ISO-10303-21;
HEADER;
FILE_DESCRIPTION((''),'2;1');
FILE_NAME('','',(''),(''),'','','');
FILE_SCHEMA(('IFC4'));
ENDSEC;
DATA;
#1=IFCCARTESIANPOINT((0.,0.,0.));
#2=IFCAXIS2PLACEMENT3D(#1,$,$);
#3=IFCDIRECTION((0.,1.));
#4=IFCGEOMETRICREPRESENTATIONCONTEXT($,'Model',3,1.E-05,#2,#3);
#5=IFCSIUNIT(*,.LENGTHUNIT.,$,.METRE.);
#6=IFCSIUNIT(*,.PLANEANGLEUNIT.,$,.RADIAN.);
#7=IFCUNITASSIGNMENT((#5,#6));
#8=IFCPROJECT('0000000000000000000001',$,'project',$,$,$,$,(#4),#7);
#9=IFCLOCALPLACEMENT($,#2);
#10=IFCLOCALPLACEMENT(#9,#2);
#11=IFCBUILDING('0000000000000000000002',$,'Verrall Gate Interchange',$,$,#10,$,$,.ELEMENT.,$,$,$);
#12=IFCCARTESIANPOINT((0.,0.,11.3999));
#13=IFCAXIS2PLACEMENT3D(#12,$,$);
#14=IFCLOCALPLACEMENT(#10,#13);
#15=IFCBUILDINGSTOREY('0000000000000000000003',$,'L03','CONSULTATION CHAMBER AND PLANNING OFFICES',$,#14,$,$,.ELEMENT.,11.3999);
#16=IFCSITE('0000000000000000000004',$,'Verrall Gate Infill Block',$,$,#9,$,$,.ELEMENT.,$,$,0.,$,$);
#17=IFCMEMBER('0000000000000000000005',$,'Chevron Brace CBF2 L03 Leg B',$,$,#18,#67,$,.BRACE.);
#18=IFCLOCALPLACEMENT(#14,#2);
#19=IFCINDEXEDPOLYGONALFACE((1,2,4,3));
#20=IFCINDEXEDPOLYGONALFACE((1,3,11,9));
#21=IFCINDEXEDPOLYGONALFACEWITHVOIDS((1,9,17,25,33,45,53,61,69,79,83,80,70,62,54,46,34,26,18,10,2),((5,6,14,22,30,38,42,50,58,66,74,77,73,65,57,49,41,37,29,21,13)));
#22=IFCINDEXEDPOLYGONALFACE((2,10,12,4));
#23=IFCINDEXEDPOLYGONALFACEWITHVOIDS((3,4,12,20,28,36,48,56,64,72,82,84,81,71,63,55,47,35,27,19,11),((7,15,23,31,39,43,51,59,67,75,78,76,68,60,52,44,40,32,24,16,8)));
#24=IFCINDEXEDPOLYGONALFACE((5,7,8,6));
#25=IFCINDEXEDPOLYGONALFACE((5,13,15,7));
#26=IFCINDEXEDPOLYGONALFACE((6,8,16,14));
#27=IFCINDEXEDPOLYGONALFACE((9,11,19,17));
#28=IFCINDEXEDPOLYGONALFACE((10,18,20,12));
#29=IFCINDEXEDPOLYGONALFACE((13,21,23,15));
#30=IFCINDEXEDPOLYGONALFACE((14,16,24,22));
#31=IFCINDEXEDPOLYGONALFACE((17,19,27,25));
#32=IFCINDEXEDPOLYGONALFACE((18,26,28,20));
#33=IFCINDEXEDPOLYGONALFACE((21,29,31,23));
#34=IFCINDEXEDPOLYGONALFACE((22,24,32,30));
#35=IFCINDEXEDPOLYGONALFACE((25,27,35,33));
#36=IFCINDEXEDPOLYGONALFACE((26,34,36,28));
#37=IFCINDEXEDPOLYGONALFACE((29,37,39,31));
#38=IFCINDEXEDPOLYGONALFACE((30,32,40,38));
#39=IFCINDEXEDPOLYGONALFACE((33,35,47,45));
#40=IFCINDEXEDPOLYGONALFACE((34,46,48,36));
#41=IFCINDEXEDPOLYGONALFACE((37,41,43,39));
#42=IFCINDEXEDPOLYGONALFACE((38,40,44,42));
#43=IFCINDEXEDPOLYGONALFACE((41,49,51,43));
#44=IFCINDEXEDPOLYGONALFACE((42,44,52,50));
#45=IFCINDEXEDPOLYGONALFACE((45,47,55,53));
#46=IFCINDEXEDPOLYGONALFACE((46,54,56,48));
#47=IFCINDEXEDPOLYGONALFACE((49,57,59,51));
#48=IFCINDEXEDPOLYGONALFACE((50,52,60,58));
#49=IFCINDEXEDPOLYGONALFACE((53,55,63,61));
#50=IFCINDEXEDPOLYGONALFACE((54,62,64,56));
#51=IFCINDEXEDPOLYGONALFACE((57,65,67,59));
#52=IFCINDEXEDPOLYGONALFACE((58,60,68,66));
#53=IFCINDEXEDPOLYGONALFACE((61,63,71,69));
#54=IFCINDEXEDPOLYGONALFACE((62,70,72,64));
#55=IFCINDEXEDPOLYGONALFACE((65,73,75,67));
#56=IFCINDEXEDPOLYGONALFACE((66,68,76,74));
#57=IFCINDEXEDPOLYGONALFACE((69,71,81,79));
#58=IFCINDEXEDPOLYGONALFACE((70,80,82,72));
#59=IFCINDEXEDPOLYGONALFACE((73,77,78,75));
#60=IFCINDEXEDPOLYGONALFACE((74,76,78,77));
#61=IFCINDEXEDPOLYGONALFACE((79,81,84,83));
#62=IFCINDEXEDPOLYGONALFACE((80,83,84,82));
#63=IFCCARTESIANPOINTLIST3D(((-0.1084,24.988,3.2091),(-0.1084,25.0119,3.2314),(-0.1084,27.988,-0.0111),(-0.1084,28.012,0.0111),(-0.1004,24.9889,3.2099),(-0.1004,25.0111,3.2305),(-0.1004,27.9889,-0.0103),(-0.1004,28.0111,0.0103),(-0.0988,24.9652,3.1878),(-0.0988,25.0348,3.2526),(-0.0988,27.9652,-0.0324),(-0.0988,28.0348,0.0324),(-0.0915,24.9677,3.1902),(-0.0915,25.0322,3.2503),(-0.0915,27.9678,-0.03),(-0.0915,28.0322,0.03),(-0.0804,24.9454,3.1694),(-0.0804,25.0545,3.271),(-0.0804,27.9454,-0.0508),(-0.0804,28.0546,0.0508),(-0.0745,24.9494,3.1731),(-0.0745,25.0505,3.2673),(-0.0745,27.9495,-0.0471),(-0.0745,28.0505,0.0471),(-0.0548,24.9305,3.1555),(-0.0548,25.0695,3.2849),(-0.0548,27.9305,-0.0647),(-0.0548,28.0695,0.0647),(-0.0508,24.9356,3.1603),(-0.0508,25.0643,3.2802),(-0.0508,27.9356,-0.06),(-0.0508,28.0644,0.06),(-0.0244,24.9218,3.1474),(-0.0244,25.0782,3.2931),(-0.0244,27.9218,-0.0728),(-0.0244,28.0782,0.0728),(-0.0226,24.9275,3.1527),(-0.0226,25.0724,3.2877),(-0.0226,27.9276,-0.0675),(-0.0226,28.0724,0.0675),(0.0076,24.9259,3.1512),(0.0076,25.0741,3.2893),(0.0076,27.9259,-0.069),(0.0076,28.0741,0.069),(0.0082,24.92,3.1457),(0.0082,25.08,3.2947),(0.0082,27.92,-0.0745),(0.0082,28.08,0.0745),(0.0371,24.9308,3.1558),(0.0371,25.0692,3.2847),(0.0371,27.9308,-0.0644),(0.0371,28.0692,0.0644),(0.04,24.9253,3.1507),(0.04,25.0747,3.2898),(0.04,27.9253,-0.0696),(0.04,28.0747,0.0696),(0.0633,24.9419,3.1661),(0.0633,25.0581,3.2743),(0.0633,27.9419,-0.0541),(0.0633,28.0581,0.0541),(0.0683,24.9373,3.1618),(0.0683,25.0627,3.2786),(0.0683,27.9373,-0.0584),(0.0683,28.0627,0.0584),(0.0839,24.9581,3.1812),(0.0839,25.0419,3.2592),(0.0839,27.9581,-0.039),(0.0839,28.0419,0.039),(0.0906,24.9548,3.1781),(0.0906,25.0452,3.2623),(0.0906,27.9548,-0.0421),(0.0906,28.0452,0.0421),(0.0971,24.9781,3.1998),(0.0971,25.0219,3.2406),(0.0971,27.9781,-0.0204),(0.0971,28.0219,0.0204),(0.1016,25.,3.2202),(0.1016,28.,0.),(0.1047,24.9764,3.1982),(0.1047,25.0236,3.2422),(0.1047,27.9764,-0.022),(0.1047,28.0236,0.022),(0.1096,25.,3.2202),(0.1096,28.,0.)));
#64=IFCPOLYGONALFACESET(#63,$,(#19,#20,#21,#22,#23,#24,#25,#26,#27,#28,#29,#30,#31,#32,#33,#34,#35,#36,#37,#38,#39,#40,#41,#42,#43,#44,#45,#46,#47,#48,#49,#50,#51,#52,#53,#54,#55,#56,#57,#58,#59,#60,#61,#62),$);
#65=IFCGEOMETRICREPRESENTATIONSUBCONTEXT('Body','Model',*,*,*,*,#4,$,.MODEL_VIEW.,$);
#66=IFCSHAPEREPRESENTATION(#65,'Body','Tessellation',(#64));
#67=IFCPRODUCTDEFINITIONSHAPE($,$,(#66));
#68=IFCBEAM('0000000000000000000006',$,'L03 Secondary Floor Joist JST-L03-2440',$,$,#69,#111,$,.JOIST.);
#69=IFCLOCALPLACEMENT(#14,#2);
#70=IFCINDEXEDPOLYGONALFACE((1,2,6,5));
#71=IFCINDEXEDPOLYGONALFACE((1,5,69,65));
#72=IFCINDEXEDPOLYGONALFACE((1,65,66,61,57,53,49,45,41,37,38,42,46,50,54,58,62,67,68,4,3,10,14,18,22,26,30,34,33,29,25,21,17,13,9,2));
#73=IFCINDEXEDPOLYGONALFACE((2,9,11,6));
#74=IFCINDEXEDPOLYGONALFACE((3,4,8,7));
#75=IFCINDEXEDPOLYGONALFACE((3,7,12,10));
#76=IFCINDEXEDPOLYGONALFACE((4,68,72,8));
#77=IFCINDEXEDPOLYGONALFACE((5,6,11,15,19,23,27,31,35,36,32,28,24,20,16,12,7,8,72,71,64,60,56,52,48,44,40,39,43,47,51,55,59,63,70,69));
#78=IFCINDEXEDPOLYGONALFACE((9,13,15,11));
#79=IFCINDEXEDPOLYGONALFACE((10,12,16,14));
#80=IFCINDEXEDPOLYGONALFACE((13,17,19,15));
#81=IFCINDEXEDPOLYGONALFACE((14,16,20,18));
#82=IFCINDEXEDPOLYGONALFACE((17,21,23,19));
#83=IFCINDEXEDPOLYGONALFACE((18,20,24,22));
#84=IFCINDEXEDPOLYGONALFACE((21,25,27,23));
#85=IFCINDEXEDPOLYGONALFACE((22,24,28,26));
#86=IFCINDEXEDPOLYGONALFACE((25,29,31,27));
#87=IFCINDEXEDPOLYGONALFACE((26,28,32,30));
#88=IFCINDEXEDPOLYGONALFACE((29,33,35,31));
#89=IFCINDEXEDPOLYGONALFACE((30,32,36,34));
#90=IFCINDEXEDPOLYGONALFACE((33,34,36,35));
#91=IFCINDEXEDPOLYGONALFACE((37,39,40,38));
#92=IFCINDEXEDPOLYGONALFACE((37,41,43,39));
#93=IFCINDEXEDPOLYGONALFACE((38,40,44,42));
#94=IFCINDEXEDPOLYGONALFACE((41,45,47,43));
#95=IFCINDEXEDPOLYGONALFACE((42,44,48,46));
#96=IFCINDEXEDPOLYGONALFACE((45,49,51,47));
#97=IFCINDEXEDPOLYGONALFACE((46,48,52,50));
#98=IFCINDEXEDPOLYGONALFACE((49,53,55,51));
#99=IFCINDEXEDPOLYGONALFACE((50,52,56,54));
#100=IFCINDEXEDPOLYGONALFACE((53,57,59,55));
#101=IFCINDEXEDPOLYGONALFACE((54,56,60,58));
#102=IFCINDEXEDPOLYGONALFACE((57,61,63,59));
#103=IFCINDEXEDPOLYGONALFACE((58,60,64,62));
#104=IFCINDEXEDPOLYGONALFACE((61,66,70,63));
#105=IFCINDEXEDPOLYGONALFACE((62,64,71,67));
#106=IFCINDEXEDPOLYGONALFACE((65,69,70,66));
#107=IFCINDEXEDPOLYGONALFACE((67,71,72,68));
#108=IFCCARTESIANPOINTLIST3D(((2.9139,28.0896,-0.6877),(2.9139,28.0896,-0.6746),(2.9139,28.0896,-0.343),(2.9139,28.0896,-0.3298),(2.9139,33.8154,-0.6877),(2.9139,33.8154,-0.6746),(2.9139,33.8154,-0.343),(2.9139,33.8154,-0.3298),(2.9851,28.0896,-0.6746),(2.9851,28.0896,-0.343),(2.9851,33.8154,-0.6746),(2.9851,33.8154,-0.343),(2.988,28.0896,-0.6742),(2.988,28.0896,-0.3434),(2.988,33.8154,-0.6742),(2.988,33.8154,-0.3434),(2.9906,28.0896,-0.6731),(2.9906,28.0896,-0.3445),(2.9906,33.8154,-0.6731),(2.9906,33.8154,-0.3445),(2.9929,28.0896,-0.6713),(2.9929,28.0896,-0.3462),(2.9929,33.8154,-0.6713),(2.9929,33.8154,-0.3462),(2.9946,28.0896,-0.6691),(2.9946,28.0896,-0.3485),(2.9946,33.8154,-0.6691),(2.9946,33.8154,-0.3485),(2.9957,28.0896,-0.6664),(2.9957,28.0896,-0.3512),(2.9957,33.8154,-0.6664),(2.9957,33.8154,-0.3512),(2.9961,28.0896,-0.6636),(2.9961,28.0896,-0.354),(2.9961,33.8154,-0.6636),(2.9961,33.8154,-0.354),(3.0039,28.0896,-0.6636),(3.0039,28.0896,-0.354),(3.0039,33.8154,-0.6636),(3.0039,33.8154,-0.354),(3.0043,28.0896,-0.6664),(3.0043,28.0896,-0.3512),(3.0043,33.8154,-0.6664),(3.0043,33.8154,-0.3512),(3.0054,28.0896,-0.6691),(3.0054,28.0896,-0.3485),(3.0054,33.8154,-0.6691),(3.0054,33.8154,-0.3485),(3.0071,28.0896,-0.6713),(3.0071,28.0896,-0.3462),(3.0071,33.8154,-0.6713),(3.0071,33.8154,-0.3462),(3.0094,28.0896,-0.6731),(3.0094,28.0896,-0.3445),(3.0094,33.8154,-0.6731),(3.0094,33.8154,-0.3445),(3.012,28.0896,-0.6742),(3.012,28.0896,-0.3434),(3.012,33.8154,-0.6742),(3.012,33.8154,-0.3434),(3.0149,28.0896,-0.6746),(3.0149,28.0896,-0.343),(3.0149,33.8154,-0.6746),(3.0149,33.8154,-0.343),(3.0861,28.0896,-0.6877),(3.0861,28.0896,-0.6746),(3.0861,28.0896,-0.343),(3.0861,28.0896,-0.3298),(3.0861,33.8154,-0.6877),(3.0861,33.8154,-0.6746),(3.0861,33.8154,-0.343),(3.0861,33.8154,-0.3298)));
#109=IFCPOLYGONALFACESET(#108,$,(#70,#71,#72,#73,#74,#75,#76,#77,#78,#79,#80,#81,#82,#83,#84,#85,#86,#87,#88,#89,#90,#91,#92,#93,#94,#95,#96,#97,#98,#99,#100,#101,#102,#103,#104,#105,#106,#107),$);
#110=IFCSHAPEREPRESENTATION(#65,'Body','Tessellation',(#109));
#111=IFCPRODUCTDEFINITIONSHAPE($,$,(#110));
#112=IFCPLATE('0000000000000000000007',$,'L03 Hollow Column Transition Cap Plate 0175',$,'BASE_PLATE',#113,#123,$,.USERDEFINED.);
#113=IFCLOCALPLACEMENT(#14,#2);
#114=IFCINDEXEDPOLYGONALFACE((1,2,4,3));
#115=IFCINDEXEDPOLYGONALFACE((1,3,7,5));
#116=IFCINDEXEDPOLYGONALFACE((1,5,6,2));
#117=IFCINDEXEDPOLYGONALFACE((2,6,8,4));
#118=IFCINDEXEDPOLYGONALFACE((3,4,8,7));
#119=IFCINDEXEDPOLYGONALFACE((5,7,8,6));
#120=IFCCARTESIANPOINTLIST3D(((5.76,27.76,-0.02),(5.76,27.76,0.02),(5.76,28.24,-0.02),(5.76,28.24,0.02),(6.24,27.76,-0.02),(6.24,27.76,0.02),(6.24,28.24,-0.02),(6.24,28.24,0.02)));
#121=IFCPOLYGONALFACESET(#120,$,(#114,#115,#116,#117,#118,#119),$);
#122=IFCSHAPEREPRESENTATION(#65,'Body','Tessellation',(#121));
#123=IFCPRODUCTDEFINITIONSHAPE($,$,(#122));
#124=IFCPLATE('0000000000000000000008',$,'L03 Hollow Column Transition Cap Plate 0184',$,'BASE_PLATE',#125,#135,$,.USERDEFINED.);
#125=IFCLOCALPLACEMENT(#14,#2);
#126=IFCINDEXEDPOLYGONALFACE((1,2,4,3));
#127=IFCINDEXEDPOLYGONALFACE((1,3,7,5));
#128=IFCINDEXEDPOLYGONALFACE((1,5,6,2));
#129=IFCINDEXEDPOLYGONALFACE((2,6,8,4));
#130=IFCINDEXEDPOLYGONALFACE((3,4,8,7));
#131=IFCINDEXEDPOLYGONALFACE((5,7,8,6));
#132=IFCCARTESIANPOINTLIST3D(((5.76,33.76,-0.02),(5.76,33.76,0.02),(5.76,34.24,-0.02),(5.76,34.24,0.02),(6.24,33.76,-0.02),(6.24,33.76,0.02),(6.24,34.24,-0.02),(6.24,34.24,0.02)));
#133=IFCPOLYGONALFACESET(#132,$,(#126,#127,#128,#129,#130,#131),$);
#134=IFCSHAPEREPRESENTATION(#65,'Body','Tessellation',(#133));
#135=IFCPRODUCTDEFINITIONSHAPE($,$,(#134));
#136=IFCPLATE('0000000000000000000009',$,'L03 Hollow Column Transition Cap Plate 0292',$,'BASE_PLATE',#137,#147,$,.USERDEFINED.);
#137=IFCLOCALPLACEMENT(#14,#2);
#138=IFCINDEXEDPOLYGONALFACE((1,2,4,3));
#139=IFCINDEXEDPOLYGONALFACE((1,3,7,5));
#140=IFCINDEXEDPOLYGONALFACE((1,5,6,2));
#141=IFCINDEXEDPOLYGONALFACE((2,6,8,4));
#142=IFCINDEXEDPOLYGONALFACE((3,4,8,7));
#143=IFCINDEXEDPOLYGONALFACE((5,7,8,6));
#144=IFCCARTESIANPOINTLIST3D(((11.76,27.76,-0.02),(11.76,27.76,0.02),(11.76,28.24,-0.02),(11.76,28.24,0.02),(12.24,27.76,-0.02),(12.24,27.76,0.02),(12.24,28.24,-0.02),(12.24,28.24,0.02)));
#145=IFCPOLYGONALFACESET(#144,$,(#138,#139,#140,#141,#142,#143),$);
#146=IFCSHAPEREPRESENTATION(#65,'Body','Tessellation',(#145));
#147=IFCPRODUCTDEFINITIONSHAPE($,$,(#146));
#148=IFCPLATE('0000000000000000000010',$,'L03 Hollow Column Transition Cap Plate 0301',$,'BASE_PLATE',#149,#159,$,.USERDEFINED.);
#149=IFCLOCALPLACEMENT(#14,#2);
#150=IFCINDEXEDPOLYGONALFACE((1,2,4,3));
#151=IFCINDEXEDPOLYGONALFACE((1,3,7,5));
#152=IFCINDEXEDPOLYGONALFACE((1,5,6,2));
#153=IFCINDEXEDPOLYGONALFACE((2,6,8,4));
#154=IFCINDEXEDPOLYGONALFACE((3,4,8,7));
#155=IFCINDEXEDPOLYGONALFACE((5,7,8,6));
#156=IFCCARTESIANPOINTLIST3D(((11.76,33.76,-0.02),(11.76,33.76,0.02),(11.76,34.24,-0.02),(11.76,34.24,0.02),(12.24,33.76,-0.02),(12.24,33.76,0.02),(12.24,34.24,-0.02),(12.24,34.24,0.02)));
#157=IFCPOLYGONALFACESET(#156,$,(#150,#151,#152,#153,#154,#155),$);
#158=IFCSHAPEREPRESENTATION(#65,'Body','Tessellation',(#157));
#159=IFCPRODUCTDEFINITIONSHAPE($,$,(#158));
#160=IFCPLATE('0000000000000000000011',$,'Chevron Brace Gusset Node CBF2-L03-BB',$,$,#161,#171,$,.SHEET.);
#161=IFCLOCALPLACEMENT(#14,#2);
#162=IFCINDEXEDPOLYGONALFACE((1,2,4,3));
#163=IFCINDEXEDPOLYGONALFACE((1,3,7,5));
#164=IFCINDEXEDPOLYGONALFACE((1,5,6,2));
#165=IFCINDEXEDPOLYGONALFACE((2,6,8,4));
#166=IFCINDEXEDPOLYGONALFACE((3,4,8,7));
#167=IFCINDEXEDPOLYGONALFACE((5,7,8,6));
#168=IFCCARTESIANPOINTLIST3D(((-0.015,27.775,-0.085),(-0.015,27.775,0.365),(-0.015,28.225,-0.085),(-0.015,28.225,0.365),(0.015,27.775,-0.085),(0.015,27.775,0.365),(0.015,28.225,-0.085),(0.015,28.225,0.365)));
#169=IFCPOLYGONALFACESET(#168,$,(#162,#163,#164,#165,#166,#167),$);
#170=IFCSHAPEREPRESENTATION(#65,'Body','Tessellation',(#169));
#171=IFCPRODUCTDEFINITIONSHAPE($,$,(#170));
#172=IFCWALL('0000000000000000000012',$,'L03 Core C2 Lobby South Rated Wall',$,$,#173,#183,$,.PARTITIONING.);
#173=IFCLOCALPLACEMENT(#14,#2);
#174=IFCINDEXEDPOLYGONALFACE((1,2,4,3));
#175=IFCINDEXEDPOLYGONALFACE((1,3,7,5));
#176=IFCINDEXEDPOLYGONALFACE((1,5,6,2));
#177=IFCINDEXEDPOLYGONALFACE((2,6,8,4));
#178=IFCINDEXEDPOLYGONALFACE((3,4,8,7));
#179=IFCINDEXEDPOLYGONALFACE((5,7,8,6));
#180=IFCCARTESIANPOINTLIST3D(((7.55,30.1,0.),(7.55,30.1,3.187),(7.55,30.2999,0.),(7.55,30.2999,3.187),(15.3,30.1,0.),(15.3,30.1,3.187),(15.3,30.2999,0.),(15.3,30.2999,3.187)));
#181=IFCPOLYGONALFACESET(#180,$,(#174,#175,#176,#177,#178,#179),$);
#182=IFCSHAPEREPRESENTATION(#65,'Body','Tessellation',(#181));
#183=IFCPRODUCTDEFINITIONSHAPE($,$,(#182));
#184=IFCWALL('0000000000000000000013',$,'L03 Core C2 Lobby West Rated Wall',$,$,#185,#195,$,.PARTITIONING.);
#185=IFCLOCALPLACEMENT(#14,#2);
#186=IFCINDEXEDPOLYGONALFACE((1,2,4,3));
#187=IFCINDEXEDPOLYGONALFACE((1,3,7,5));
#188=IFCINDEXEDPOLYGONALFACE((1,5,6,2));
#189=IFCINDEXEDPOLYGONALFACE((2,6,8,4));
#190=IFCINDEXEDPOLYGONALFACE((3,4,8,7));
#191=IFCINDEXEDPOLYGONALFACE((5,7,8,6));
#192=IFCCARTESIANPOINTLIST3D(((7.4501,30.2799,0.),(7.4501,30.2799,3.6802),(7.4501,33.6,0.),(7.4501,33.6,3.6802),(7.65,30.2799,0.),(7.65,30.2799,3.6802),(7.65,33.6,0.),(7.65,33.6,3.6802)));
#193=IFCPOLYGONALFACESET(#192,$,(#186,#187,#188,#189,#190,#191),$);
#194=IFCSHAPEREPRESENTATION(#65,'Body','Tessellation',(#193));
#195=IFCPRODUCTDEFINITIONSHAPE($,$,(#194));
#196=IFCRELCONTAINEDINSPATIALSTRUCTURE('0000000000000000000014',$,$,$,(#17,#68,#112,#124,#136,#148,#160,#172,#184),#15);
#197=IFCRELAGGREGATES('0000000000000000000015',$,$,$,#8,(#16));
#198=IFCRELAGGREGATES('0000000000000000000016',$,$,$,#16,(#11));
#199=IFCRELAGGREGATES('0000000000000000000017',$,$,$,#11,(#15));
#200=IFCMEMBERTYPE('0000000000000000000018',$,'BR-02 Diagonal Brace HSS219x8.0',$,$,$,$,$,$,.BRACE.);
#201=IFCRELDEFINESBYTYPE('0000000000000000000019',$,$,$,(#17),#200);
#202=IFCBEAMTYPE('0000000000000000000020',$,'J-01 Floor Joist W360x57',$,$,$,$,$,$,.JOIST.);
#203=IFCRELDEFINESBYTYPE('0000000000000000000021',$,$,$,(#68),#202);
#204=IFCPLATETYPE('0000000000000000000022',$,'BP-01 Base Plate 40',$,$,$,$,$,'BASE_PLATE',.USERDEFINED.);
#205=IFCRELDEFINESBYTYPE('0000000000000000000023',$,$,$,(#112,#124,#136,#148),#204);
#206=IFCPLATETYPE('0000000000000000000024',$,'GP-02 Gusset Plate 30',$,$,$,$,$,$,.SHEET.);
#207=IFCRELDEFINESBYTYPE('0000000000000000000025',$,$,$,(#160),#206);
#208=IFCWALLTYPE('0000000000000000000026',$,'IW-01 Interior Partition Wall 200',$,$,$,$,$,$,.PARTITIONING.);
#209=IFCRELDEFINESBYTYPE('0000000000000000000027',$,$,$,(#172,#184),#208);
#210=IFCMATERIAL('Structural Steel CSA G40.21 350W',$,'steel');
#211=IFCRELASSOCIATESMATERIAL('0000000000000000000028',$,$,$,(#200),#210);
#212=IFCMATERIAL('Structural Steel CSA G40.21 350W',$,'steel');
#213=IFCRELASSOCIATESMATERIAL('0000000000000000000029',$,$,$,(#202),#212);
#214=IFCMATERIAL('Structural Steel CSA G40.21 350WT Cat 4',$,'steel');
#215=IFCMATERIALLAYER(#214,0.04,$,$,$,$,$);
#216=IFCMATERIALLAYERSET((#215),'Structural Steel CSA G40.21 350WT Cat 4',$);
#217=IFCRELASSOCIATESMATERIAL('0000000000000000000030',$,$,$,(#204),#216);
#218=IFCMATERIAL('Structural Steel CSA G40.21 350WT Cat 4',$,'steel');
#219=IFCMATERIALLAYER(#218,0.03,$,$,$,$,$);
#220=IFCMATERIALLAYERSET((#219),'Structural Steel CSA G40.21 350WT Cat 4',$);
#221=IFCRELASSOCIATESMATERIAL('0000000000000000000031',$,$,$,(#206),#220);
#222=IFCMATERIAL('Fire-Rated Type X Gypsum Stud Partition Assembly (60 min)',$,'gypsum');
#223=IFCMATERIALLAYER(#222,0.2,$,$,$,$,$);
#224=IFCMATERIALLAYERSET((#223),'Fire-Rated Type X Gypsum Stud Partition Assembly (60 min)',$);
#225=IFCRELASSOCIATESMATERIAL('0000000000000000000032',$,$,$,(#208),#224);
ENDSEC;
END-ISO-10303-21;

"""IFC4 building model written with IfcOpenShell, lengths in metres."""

from ifc_helpers import new_model, si_unit, direction, frame, frame_2d, origin, origin_2d, place, context, subcontext, project, spatial, rectangle, hollow_circle, i_section, extrude, material, layer, layer_set, material_profile, profile_set, type_object, element, save


model = new_model("IFC4")

# Units and contexts
model_context = context("Model", 3, precision=1e-05, world=origin(), true_north=direction((0.0, 1.0)))
body_context = subcontext(model_context, "Body", "Model", "MODEL_VIEW")
ifc_project = project(units=[si_unit("LENGTHUNIT", "METRE"), si_unit("PLANEANGLEUNIT", "RADIAN")], contexts=[model_context])

# Site, building, storey
site_placement = place(None, origin())
site = spatial("IfcSite", under=ifc_project, at=site_placement, Name="Verrall Gate Infill Block", CompositionType="ELEMENT", RefElevation=0.0)
building_placement = place(site_placement, origin())
building = spatial("IfcBuilding", under=site, at=building_placement, Name="Verrall Gate Interchange", CompositionType="ELEMENT")
storey_placement = place(building_placement, frame((0.0, 0.0, 11.3999)))
storey = spatial("IfcBuildingStorey", under=building, at=storey_placement, Name="L03", Description="CONSULTATION CHAMBER AND PLANNING OFFICES", CompositionType="ELEMENT", Elevation=11.3999)

# Member
ifc_material_1 = material(Name="Structural Steel CSA G40.21 350W", Category="steel")
ifc_material_profile_1 = material_profile(ifc_material_1, hollow_circle(Radius=0.1096, WallThickness=0.0081, at=origin_2d()), Name="HSS219x8.0")
ifc_profile_set_1 = profile_set([ifc_material_profile_1], Name="Structural Steel CSA G40.21 350W")
member_type = type_object("IfcMemberType", Name="BR-02 Diagonal Brace HSS219x8.0", PredefinedType="BRACE", material=ifc_profile_set_1)
member_placement = place(storey_placement, frame((0.0, 28.0, 0.0), z_axis=(0.0, -0.681646, 0.731682), x_axis=(1.0, 0.0, 0.0)))
element("IfcMember", 1, at=member_placement, inside=storey, type_object=member_type, Name="Chevron Brace CBF2 L03 Leg B", PredefinedType="BRACE", context=body_context, shape_type="SweptSolid", body=[
    extrude(hollow_circle(Radius=0.1096, WallThickness=0.0081, at=origin_2d()), origin(), (0.0, 0.0, 1.0), 4.4011),
])

# Beam
ifc_material_2 = material(Name="Structural Steel CSA G40.21 350W", Category="steel")
ifc_material_profile_2 = material_profile(ifc_material_2, i_section(OverallWidth=0.1721, OverallDepth=0.3579, WebThickness=0.0078, FlangeThickness=0.0132, FilletRadius=0.011, at=origin_2d()), Name="W360x57")
ifc_profile_set_2 = profile_set([ifc_material_profile_2], Name="Structural Steel CSA G40.21 350W")
beam_type_1 = type_object("IfcBeamType", Name="J-01 Floor Joist W360x57", PredefinedType="JOIST", material=ifc_profile_set_2)
beam_1_placement = place(storey_placement, frame((3.0, 28.0896, -0.5088), z_axis=(0.0, 1.0, 0.0), x_axis=(-1.0, 0.0, 0.0)))
element("IfcBeam", 2, at=beam_1_placement, inside=storey, type_object=beam_type_1, Name="L03 Secondary Floor Joist JST-L03-2440", PredefinedType="JOIST", context=body_context, shape_type="SweptSolid", body=[
    extrude(i_section(OverallWidth=0.1721, OverallDepth=0.3579, WebThickness=0.0078, FlangeThickness=0.0132, FilletRadius=0.011, at=origin_2d()), origin(), (0.0, 0.0, 1.0), 5.7258),
])

# Plates
ifc_material_3 = material(Name="Structural Steel CSA G40.21 350WT Cat 4", Category="steel")
ifc_layer_1 = layer(ifc_material_3, 0.04)
ifc_layer_set_1 = layer_set([ifc_layer_1], Name="Structural Steel CSA G40.21 350WT Cat 4")
plate_type_1 = type_object("IfcPlateType", Name="BP-01 Base Plate 40", ElementType="BASE_PLATE", PredefinedType="USERDEFINED", material=ifc_layer_set_1)
for number, where, z_axis, x_axis, name in (
    (3, (6.0, 28.0, -0.02), (0.0, 0.0, 1.0), (1.0, 0.0, 0.0), "L03 Hollow Column Transition Cap Plate 0175"),
    (4, (6.0, 34.0, -0.02), (0.0, 0.0, 1.0), (1.0, 0.0, 0.0), "L03 Hollow Column Transition Cap Plate 0184"),
    (5, (12.0, 28.0, -0.02), (0.0, 0.0, 1.0), (1.0, 0.0, 0.0), "L03 Hollow Column Transition Cap Plate 0292"),
    (6, (12.0, 34.0, -0.02), (0.0, 0.0, 1.0), (1.0, 0.0, 0.0), "L03 Hollow Column Transition Cap Plate 0301"),
):
    element("IfcPlate", number, at=place(storey_placement, frame(where, z_axis=z_axis, x_axis=x_axis)), inside=storey, type_object=plate_type_1, Name=name, ObjectType="BASE_PLATE", PredefinedType="USERDEFINED", context=body_context, shape_type="SweptSolid", body=[
        extrude(rectangle(XDim=0.48, YDim=0.48, at=origin_2d()), origin(), (0.0, 0.0, 1.0), 0.04),
    ])
ifc_material_4 = material(Name="Structural Steel CSA G40.21 350WT Cat 4", Category="steel")
ifc_layer_2 = layer(ifc_material_4, 0.03)
ifc_layer_set_2 = layer_set([ifc_layer_2], Name="Structural Steel CSA G40.21 350WT Cat 4")
plate_type_2 = type_object("IfcPlateType", Name="GP-02 Gusset Plate 30", PredefinedType="SHEET", material=ifc_layer_set_2)
plate_placement = place(storey_placement, frame((0.0, 28.0, -0.085), z_axis=(0.0, 0.0, 1.0), x_axis=(1.0, 0.0, 0.0)))
element("IfcPlate", 7, at=plate_placement, inside=storey, type_object=plate_type_2, Name="Chevron Brace Gusset Node CBF2-L03-BB", PredefinedType="SHEET", context=body_context, shape_type="SweptSolid", body=[
    extrude(rectangle(XDim=0.03, YDim=0.45, at=origin_2d()), origin(), (0.0, 0.0, 1.0), 0.45),
])

# Walls
ifc_material_5 = material(Name="Fire-Rated Type X Gypsum Stud Partition Assembly (60 min)", Category="gypsum")
ifc_layer_3 = layer(ifc_material_5, 0.2)
ifc_layer_set_3 = layer_set([ifc_layer_3], Name="Fire-Rated Type X Gypsum Stud Partition Assembly (60 min)")
wall_type_1 = type_object("IfcWallType", Name="IW-01 Interior Partition Wall 200", PredefinedType="PARTITIONING", material=ifc_layer_set_3)
wall_1_placement = place(storey_placement, frame((7.55, 30.2, 0.0), z_axis=(0.0, 0.0, 1.0), x_axis=(1.0, 0.0, 0.0)))
element("IfcWall", 8, at=wall_1_placement, inside=storey, type_object=wall_type_1, Name="L03 Core C2 Lobby South Rated Wall", PredefinedType="PARTITIONING", context=body_context, shape_type="SweptSolid", body=[
    extrude(rectangle(XDim=7.75, YDim=0.2, at=frame_2d((3.875, 0.0))), origin(), (0.0, 0.0, 1.0), 3.187),
])
wall_2_placement = place(storey_placement, frame((7.55, 33.6001, 0.0), z_axis=(0.0, 0.0, 1.0), x_axis=(0.0, -1.0, 0.0)))
element("IfcWall", 9, at=wall_2_placement, inside=storey, type_object=wall_type_1, Name="L03 Core C2 Lobby West Rated Wall", PredefinedType="PARTITIONING", context=body_context, shape_type="SweptSolid", body=[
    extrude(rectangle(XDim=3.3201, YDim=0.2, at=frame_2d((1.6602, 0.0))), origin(), (0.0, 0.0, 1.0), 3.6802),
])

save(model, "model.ifc")
